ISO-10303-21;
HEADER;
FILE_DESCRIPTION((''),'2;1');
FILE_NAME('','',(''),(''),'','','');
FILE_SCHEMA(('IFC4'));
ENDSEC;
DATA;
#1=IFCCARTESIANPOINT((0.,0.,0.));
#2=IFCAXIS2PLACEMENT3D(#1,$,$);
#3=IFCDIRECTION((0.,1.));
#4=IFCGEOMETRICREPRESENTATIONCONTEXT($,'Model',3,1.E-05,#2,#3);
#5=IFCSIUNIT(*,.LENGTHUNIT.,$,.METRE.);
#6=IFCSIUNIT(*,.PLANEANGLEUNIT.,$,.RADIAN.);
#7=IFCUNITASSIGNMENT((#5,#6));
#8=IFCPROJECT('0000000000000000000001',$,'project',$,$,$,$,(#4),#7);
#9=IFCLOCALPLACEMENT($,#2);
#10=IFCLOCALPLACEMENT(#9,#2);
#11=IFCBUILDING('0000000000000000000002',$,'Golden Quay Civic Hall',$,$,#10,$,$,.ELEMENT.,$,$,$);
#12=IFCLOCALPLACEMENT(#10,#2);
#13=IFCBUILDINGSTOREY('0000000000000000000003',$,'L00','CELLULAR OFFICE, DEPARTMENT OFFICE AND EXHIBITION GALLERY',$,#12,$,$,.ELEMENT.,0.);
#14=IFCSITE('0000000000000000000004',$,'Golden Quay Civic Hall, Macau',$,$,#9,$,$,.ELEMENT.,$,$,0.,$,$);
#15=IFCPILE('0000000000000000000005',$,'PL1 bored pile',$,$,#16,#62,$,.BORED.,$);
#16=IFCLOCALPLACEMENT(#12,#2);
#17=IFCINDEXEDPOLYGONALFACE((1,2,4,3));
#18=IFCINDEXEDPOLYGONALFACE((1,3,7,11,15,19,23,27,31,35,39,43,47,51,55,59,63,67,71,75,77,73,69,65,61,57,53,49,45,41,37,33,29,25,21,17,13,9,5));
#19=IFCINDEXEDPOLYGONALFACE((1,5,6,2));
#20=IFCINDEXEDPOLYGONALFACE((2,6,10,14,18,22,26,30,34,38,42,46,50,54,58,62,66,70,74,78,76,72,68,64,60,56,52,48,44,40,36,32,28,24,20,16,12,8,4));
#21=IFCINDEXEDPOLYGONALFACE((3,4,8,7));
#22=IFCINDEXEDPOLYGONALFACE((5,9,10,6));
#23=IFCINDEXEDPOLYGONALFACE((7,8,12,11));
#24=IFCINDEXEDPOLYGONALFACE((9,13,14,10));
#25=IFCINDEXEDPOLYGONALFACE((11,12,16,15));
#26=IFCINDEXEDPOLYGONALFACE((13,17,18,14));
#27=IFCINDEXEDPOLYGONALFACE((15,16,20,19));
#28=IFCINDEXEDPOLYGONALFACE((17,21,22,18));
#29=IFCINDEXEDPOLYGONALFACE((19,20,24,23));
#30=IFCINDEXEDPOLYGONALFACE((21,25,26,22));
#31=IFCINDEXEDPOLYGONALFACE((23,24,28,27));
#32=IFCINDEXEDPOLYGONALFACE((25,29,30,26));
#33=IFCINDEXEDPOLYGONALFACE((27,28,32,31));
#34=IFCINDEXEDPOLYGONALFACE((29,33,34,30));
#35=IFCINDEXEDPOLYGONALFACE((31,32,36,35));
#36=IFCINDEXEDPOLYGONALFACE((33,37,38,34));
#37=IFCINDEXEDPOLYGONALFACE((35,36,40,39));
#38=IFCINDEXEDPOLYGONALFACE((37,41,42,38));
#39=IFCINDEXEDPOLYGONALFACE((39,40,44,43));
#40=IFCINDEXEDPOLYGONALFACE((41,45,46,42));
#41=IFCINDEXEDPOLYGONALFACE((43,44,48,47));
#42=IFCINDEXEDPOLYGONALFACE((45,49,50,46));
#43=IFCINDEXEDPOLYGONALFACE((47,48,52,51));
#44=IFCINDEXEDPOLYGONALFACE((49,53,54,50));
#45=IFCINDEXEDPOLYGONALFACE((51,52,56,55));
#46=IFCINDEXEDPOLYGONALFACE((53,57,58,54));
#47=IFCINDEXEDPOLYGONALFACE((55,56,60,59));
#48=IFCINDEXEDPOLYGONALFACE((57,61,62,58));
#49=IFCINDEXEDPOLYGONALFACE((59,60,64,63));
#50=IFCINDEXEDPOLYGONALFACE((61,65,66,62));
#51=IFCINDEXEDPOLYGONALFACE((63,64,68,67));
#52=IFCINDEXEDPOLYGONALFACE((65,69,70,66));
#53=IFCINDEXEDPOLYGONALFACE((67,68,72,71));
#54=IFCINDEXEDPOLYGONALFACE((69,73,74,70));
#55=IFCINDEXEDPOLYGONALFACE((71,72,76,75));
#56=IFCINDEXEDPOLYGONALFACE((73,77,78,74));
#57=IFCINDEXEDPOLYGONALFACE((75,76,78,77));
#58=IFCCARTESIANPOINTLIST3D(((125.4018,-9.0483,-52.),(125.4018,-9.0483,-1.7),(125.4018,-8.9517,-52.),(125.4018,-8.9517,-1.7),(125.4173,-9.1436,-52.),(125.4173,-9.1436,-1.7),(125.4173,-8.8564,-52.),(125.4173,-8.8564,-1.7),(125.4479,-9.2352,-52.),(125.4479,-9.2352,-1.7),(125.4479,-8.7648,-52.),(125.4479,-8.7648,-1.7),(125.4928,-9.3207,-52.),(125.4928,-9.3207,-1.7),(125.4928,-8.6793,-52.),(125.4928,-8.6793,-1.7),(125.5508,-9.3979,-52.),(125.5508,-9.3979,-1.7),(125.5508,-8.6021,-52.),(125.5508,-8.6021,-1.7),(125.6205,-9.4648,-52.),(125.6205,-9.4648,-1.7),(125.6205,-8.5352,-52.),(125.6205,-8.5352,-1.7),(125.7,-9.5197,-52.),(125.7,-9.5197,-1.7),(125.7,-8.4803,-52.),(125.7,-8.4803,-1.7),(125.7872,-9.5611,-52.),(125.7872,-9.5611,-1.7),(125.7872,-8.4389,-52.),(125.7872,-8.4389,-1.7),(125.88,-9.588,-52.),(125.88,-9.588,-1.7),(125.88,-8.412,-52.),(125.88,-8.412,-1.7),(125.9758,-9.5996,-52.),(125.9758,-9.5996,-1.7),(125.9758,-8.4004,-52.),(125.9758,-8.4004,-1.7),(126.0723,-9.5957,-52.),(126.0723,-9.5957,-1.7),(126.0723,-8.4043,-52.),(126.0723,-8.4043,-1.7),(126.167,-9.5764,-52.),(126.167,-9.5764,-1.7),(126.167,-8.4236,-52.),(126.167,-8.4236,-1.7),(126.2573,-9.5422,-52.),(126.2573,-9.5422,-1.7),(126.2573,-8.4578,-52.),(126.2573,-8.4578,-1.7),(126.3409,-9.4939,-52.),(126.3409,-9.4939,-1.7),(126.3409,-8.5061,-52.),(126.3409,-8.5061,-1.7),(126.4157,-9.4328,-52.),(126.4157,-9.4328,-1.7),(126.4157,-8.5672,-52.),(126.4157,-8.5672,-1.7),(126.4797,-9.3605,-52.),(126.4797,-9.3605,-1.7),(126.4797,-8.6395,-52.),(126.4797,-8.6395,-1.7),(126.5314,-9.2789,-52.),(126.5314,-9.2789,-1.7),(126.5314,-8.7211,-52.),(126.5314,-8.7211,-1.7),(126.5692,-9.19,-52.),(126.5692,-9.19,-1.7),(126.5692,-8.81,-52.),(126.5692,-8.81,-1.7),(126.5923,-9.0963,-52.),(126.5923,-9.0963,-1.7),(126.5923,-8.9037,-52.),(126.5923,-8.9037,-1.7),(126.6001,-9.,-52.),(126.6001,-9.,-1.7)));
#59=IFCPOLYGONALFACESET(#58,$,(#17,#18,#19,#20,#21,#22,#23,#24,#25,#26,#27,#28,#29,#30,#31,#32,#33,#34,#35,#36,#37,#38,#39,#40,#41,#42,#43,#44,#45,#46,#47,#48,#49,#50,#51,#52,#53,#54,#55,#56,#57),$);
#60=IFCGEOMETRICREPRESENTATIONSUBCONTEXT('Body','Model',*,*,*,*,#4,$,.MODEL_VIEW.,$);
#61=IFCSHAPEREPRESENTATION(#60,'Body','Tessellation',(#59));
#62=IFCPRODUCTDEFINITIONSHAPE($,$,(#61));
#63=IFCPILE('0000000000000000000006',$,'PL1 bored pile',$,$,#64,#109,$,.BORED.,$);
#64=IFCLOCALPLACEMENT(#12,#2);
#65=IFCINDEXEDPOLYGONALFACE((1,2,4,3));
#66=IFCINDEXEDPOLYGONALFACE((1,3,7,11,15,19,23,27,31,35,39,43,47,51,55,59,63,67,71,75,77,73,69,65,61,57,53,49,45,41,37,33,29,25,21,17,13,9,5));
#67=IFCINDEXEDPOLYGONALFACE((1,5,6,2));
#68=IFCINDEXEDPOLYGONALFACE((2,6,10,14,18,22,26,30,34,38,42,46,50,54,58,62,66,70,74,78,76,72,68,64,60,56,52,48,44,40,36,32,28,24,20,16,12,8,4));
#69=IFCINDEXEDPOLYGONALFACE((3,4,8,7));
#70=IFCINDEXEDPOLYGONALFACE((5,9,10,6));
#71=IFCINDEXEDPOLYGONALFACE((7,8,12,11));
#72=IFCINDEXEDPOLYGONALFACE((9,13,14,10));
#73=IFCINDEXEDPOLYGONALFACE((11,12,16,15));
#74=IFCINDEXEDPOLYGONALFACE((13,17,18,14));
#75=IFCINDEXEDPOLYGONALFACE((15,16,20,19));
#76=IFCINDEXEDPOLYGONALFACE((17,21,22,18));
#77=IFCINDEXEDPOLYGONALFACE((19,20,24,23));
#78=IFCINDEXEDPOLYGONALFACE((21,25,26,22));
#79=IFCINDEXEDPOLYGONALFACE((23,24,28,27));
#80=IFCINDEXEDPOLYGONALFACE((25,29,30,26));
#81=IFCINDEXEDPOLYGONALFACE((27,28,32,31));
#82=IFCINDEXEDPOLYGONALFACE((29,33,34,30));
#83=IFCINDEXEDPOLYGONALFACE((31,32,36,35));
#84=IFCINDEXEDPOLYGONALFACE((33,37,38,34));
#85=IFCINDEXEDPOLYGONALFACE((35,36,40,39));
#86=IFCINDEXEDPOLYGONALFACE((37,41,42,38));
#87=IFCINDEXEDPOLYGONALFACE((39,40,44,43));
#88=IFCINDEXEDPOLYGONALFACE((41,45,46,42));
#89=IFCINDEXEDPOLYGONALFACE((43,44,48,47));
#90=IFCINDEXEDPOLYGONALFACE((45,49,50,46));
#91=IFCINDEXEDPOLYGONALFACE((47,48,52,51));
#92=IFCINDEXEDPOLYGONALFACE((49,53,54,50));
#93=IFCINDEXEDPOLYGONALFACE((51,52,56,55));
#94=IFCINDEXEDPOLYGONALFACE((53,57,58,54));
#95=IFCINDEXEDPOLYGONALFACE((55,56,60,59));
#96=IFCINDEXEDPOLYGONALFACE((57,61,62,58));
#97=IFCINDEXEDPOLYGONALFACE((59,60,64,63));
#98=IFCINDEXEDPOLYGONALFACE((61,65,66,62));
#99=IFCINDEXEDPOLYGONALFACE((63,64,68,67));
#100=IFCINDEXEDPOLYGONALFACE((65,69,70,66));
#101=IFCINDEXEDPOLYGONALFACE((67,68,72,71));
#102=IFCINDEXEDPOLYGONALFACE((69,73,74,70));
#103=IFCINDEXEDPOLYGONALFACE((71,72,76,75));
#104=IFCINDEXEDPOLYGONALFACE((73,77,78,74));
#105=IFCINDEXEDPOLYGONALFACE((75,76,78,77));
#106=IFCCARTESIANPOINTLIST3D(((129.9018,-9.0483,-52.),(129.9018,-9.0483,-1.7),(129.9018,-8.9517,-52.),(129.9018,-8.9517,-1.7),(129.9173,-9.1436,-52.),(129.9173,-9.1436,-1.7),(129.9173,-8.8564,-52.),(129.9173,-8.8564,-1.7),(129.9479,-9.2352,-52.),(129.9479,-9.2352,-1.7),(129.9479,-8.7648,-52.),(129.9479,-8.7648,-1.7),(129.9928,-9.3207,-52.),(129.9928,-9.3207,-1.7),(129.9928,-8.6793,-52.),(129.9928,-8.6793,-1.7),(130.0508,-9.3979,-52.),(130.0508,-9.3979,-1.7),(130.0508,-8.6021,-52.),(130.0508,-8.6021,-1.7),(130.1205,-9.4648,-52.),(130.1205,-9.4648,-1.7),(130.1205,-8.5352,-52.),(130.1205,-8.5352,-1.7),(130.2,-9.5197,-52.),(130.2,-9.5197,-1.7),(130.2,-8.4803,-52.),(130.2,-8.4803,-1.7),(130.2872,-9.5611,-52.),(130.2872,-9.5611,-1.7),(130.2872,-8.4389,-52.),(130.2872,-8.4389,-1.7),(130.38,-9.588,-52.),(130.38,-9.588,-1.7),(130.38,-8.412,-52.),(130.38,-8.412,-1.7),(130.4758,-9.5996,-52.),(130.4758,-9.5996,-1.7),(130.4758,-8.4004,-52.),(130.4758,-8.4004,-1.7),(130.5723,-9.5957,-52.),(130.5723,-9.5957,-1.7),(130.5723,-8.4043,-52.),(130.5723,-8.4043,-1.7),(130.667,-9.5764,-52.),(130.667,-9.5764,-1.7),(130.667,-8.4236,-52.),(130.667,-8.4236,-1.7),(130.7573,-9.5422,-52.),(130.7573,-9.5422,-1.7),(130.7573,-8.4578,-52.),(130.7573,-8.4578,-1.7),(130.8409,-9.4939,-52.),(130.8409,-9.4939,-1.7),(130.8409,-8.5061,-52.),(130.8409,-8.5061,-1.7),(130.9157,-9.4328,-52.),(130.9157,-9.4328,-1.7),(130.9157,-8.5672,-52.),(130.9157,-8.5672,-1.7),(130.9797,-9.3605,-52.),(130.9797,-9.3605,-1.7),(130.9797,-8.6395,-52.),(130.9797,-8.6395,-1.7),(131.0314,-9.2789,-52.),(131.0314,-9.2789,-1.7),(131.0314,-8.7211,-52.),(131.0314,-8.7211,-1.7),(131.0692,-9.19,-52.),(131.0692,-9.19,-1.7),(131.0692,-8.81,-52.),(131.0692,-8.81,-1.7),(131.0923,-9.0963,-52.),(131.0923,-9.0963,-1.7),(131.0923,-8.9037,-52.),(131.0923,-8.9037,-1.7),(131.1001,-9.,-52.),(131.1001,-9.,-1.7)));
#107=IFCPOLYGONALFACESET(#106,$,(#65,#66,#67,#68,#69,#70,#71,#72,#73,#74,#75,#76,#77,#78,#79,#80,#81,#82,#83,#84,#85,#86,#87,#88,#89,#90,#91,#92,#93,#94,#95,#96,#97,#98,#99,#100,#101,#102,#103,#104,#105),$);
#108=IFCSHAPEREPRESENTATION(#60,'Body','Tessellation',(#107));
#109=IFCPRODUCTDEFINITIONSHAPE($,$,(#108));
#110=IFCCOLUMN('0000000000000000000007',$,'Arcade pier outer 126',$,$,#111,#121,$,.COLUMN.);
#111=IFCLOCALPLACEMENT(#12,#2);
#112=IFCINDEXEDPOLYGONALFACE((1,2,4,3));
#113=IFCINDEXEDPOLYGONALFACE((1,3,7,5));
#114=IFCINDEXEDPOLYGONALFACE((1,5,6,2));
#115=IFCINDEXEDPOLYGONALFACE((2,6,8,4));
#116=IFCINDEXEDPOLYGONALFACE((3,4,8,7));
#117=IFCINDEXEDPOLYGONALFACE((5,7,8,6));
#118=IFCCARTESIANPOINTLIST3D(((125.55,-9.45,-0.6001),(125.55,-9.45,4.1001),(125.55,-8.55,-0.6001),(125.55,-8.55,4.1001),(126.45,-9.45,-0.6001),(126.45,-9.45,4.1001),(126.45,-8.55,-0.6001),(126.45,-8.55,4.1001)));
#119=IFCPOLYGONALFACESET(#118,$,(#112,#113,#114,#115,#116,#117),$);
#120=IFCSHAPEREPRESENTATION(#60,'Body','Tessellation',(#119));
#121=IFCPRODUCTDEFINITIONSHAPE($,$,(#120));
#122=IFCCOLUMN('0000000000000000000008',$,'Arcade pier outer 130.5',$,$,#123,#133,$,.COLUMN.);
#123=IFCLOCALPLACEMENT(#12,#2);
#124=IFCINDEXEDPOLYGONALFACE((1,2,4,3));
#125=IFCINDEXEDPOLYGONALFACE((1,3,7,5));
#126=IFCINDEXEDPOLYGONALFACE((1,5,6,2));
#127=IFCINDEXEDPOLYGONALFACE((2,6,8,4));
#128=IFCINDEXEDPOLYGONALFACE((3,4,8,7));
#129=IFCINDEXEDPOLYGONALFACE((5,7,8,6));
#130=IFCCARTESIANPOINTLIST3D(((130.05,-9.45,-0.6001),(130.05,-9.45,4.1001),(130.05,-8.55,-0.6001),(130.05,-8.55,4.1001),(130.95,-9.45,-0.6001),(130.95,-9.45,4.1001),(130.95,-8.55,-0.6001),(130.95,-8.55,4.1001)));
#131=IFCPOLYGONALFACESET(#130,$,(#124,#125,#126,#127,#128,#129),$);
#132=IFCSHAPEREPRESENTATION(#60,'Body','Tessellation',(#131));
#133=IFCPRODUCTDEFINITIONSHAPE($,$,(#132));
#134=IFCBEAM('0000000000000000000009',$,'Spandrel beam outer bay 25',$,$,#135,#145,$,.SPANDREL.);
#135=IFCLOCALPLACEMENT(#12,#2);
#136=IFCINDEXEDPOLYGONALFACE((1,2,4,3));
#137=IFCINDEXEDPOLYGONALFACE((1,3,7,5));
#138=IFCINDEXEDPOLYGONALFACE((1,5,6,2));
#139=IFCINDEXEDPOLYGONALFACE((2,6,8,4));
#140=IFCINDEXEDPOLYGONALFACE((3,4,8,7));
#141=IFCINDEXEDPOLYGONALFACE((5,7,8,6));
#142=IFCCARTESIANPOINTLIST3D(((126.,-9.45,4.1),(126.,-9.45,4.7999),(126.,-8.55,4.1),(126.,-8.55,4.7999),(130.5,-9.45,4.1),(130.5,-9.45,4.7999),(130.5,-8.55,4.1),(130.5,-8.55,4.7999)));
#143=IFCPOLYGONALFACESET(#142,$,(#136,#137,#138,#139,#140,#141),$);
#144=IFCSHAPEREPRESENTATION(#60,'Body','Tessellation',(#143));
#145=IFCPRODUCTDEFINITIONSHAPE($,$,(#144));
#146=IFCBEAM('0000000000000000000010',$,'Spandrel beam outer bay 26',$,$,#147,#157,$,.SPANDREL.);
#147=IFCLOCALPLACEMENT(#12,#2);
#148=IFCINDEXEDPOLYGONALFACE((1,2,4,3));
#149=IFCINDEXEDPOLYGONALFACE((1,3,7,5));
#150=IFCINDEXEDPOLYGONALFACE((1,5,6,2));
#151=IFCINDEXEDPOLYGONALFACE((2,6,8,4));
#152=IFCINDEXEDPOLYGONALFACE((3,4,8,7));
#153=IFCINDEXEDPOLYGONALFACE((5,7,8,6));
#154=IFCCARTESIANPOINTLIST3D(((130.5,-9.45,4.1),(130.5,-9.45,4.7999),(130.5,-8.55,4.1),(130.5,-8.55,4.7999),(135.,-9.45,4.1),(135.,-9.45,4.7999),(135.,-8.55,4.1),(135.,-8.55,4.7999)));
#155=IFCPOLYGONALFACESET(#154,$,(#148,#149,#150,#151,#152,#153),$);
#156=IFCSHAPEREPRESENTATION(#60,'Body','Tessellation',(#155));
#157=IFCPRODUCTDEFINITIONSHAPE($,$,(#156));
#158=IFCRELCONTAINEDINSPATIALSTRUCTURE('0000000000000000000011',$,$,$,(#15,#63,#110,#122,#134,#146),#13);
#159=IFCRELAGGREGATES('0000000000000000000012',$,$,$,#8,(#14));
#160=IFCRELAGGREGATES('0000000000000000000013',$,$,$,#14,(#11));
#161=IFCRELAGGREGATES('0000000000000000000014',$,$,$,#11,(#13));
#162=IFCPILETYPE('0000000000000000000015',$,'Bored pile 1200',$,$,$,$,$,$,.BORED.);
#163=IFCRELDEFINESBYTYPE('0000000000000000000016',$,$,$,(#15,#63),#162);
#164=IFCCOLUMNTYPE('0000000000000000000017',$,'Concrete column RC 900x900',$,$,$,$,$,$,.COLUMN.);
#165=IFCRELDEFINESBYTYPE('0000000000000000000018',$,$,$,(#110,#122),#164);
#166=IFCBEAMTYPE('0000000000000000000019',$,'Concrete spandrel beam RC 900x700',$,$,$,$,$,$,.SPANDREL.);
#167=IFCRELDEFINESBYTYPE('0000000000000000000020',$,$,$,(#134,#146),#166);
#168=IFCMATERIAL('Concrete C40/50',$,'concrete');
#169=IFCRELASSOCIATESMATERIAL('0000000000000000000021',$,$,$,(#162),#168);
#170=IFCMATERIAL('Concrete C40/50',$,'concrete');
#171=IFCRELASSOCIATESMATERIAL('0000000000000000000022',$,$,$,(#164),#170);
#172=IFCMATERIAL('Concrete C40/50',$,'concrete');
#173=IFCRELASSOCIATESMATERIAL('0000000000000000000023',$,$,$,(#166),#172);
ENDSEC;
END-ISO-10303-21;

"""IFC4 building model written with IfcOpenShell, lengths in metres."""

from ifc_helpers import new_model, si_unit, direction, frame, origin, origin_2d, place, context, subcontext, project, spatial, rectangle, circle, extrude, material, material_profile, profile_set, type_object, element, save


model = new_model("IFC4")

# Units and contexts
model_context = context("Model", 3, precision=1e-05, world=origin(), true_north=direction((0.0, 1.0)))
body_context = subcontext(model_context, "Body", "Model", "MODEL_VIEW")
ifc_project = project(units=[si_unit("LENGTHUNIT", "METRE"), si_unit("PLANEANGLEUNIT", "RADIAN")], contexts=[model_context])

# Site, building, storey
site_placement = place(None, origin())
site = spatial("IfcSite", under=ifc_project, at=site_placement, Name="Golden Quay Civic Hall, Macau", CompositionType="ELEMENT", RefElevation=0.0)
building_placement = place(site_placement, origin())
building = spatial("IfcBuilding", under=site, at=building_placement, Name="Golden Quay Civic Hall", CompositionType="ELEMENT")
storey_placement = place(building_placement, origin())
storey = spatial("IfcBuildingStorey", under=building, at=storey_placement, Name="L00", Description="CELLULAR OFFICE, DEPARTMENT OFFICE AND EXHIBITION GALLERY", CompositionType="ELEMENT", Elevation=0.0)

# Piles
ifc_material_1 = material(Name="Concrete C40/50", Category="concrete")
ifc_material_profile_1 = material_profile(ifc_material_1, circle(Radius=0.6001, at=origin_2d()), Name="RC D1200")
ifc_profile_set_1 = profile_set([ifc_material_profile_1], Name="Concrete C40/50")
pile_type = type_object("IfcPileType", Name="Bored pile 1200", PredefinedType="BORED", material=ifc_profile_set_1)
for number, where, z_axis, x_axis, name in (
    (1, (126.0, -9.0, -1.7), (0.0, 0.0, -1.0), (1.0, 0.0, 0.0), "PL1 bored pile"),
    (2, (130.5, -9.0, -1.7), (0.0, 0.0, -1.0), (1.0, 0.0, 0.0), "PL1 bored pile"),
):
    element("IfcPile", number, at=place(storey_placement, frame(where, z_axis=z_axis, x_axis=x_axis)), inside=storey, type_object=pile_type, Name=name, PredefinedType="BORED", context=body_context, shape_type="SweptSolid", body=[
        extrude(circle(Radius=0.6001, at=origin_2d()), origin(), (0.0, 0.0, 1.0), 50.3),
    ])

# Columns
ifc_material_2 = material(Name="Concrete C40/50", Category="concrete")
ifc_material_profile_2 = material_profile(ifc_material_2, rectangle(XDim=0.8999, YDim=0.8999, at=origin_2d()), Name="RC 900x900")
ifc_profile_set_2 = profile_set([ifc_material_profile_2], Name="Concrete C40/50")
column_type = type_object("IfcColumnType", Name="Concrete column RC 900x900", PredefinedType="COLUMN", material=ifc_profile_set_2)
for number, where, z_axis, x_axis, name in (
    (3, (126.0, -9.0, -0.6001), (0.0, 0.0, 1.0), (1.0, 0.0, 0.0), "Arcade pier outer 126"),
    (4, (130.5, -9.0, -0.6001), (0.0, 0.0, 1.0), (1.0, 0.0, 0.0), "Arcade pier outer 130.5"),
):
    element("IfcColumn", number, at=place(storey_placement, frame(where, z_axis=z_axis, x_axis=x_axis)), inside=storey, type_object=column_type, Name=name, PredefinedType="COLUMN", context=body_context, shape_type="SweptSolid", body=[
        extrude(rectangle(XDim=0.8999, YDim=0.8999, at=origin_2d()), origin(), (0.0, 0.0, 1.0), 4.7002),
    ])

# Beams
ifc_material_3 = material(Name="Concrete C40/50", Category="concrete")
ifc_material_profile_3 = material_profile(ifc_material_3, rectangle(XDim=0.8999, YDim=0.7, at=origin_2d()), Name="RC 900x700")
ifc_profile_set_3 = profile_set([ifc_material_profile_3], Name="Concrete C40/50")
beam_type_1 = type_object("IfcBeamType", Name="Concrete spandrel beam RC 900x700", PredefinedType="SPANDREL", material=ifc_profile_set_3)
for number, where, z_axis, x_axis, name in (
    (5, (126.0, -9.0, 4.45), (1.0, 0.0, 0.0), (0.0, 1.0, 0.0), "Spandrel beam outer bay 25"),
    (6, (130.5, -9.0, 4.45), (1.0, 0.0, 0.0), (0.0, 1.0, 0.0), "Spandrel beam outer bay 26"),
):
    element("IfcBeam", number, at=place(storey_placement, frame(where, z_axis=z_axis, x_axis=x_axis)), inside=storey, type_object=beam_type_1, Name=name, PredefinedType="SPANDREL", context=body_context, shape_type="SweptSolid", body=[
        extrude(rectangle(XDim=0.8999, YDim=0.7, at=origin_2d()), origin(), (0.0, 0.0, 1.0), 4.5),
    ])

save(model, "model.ifc")
